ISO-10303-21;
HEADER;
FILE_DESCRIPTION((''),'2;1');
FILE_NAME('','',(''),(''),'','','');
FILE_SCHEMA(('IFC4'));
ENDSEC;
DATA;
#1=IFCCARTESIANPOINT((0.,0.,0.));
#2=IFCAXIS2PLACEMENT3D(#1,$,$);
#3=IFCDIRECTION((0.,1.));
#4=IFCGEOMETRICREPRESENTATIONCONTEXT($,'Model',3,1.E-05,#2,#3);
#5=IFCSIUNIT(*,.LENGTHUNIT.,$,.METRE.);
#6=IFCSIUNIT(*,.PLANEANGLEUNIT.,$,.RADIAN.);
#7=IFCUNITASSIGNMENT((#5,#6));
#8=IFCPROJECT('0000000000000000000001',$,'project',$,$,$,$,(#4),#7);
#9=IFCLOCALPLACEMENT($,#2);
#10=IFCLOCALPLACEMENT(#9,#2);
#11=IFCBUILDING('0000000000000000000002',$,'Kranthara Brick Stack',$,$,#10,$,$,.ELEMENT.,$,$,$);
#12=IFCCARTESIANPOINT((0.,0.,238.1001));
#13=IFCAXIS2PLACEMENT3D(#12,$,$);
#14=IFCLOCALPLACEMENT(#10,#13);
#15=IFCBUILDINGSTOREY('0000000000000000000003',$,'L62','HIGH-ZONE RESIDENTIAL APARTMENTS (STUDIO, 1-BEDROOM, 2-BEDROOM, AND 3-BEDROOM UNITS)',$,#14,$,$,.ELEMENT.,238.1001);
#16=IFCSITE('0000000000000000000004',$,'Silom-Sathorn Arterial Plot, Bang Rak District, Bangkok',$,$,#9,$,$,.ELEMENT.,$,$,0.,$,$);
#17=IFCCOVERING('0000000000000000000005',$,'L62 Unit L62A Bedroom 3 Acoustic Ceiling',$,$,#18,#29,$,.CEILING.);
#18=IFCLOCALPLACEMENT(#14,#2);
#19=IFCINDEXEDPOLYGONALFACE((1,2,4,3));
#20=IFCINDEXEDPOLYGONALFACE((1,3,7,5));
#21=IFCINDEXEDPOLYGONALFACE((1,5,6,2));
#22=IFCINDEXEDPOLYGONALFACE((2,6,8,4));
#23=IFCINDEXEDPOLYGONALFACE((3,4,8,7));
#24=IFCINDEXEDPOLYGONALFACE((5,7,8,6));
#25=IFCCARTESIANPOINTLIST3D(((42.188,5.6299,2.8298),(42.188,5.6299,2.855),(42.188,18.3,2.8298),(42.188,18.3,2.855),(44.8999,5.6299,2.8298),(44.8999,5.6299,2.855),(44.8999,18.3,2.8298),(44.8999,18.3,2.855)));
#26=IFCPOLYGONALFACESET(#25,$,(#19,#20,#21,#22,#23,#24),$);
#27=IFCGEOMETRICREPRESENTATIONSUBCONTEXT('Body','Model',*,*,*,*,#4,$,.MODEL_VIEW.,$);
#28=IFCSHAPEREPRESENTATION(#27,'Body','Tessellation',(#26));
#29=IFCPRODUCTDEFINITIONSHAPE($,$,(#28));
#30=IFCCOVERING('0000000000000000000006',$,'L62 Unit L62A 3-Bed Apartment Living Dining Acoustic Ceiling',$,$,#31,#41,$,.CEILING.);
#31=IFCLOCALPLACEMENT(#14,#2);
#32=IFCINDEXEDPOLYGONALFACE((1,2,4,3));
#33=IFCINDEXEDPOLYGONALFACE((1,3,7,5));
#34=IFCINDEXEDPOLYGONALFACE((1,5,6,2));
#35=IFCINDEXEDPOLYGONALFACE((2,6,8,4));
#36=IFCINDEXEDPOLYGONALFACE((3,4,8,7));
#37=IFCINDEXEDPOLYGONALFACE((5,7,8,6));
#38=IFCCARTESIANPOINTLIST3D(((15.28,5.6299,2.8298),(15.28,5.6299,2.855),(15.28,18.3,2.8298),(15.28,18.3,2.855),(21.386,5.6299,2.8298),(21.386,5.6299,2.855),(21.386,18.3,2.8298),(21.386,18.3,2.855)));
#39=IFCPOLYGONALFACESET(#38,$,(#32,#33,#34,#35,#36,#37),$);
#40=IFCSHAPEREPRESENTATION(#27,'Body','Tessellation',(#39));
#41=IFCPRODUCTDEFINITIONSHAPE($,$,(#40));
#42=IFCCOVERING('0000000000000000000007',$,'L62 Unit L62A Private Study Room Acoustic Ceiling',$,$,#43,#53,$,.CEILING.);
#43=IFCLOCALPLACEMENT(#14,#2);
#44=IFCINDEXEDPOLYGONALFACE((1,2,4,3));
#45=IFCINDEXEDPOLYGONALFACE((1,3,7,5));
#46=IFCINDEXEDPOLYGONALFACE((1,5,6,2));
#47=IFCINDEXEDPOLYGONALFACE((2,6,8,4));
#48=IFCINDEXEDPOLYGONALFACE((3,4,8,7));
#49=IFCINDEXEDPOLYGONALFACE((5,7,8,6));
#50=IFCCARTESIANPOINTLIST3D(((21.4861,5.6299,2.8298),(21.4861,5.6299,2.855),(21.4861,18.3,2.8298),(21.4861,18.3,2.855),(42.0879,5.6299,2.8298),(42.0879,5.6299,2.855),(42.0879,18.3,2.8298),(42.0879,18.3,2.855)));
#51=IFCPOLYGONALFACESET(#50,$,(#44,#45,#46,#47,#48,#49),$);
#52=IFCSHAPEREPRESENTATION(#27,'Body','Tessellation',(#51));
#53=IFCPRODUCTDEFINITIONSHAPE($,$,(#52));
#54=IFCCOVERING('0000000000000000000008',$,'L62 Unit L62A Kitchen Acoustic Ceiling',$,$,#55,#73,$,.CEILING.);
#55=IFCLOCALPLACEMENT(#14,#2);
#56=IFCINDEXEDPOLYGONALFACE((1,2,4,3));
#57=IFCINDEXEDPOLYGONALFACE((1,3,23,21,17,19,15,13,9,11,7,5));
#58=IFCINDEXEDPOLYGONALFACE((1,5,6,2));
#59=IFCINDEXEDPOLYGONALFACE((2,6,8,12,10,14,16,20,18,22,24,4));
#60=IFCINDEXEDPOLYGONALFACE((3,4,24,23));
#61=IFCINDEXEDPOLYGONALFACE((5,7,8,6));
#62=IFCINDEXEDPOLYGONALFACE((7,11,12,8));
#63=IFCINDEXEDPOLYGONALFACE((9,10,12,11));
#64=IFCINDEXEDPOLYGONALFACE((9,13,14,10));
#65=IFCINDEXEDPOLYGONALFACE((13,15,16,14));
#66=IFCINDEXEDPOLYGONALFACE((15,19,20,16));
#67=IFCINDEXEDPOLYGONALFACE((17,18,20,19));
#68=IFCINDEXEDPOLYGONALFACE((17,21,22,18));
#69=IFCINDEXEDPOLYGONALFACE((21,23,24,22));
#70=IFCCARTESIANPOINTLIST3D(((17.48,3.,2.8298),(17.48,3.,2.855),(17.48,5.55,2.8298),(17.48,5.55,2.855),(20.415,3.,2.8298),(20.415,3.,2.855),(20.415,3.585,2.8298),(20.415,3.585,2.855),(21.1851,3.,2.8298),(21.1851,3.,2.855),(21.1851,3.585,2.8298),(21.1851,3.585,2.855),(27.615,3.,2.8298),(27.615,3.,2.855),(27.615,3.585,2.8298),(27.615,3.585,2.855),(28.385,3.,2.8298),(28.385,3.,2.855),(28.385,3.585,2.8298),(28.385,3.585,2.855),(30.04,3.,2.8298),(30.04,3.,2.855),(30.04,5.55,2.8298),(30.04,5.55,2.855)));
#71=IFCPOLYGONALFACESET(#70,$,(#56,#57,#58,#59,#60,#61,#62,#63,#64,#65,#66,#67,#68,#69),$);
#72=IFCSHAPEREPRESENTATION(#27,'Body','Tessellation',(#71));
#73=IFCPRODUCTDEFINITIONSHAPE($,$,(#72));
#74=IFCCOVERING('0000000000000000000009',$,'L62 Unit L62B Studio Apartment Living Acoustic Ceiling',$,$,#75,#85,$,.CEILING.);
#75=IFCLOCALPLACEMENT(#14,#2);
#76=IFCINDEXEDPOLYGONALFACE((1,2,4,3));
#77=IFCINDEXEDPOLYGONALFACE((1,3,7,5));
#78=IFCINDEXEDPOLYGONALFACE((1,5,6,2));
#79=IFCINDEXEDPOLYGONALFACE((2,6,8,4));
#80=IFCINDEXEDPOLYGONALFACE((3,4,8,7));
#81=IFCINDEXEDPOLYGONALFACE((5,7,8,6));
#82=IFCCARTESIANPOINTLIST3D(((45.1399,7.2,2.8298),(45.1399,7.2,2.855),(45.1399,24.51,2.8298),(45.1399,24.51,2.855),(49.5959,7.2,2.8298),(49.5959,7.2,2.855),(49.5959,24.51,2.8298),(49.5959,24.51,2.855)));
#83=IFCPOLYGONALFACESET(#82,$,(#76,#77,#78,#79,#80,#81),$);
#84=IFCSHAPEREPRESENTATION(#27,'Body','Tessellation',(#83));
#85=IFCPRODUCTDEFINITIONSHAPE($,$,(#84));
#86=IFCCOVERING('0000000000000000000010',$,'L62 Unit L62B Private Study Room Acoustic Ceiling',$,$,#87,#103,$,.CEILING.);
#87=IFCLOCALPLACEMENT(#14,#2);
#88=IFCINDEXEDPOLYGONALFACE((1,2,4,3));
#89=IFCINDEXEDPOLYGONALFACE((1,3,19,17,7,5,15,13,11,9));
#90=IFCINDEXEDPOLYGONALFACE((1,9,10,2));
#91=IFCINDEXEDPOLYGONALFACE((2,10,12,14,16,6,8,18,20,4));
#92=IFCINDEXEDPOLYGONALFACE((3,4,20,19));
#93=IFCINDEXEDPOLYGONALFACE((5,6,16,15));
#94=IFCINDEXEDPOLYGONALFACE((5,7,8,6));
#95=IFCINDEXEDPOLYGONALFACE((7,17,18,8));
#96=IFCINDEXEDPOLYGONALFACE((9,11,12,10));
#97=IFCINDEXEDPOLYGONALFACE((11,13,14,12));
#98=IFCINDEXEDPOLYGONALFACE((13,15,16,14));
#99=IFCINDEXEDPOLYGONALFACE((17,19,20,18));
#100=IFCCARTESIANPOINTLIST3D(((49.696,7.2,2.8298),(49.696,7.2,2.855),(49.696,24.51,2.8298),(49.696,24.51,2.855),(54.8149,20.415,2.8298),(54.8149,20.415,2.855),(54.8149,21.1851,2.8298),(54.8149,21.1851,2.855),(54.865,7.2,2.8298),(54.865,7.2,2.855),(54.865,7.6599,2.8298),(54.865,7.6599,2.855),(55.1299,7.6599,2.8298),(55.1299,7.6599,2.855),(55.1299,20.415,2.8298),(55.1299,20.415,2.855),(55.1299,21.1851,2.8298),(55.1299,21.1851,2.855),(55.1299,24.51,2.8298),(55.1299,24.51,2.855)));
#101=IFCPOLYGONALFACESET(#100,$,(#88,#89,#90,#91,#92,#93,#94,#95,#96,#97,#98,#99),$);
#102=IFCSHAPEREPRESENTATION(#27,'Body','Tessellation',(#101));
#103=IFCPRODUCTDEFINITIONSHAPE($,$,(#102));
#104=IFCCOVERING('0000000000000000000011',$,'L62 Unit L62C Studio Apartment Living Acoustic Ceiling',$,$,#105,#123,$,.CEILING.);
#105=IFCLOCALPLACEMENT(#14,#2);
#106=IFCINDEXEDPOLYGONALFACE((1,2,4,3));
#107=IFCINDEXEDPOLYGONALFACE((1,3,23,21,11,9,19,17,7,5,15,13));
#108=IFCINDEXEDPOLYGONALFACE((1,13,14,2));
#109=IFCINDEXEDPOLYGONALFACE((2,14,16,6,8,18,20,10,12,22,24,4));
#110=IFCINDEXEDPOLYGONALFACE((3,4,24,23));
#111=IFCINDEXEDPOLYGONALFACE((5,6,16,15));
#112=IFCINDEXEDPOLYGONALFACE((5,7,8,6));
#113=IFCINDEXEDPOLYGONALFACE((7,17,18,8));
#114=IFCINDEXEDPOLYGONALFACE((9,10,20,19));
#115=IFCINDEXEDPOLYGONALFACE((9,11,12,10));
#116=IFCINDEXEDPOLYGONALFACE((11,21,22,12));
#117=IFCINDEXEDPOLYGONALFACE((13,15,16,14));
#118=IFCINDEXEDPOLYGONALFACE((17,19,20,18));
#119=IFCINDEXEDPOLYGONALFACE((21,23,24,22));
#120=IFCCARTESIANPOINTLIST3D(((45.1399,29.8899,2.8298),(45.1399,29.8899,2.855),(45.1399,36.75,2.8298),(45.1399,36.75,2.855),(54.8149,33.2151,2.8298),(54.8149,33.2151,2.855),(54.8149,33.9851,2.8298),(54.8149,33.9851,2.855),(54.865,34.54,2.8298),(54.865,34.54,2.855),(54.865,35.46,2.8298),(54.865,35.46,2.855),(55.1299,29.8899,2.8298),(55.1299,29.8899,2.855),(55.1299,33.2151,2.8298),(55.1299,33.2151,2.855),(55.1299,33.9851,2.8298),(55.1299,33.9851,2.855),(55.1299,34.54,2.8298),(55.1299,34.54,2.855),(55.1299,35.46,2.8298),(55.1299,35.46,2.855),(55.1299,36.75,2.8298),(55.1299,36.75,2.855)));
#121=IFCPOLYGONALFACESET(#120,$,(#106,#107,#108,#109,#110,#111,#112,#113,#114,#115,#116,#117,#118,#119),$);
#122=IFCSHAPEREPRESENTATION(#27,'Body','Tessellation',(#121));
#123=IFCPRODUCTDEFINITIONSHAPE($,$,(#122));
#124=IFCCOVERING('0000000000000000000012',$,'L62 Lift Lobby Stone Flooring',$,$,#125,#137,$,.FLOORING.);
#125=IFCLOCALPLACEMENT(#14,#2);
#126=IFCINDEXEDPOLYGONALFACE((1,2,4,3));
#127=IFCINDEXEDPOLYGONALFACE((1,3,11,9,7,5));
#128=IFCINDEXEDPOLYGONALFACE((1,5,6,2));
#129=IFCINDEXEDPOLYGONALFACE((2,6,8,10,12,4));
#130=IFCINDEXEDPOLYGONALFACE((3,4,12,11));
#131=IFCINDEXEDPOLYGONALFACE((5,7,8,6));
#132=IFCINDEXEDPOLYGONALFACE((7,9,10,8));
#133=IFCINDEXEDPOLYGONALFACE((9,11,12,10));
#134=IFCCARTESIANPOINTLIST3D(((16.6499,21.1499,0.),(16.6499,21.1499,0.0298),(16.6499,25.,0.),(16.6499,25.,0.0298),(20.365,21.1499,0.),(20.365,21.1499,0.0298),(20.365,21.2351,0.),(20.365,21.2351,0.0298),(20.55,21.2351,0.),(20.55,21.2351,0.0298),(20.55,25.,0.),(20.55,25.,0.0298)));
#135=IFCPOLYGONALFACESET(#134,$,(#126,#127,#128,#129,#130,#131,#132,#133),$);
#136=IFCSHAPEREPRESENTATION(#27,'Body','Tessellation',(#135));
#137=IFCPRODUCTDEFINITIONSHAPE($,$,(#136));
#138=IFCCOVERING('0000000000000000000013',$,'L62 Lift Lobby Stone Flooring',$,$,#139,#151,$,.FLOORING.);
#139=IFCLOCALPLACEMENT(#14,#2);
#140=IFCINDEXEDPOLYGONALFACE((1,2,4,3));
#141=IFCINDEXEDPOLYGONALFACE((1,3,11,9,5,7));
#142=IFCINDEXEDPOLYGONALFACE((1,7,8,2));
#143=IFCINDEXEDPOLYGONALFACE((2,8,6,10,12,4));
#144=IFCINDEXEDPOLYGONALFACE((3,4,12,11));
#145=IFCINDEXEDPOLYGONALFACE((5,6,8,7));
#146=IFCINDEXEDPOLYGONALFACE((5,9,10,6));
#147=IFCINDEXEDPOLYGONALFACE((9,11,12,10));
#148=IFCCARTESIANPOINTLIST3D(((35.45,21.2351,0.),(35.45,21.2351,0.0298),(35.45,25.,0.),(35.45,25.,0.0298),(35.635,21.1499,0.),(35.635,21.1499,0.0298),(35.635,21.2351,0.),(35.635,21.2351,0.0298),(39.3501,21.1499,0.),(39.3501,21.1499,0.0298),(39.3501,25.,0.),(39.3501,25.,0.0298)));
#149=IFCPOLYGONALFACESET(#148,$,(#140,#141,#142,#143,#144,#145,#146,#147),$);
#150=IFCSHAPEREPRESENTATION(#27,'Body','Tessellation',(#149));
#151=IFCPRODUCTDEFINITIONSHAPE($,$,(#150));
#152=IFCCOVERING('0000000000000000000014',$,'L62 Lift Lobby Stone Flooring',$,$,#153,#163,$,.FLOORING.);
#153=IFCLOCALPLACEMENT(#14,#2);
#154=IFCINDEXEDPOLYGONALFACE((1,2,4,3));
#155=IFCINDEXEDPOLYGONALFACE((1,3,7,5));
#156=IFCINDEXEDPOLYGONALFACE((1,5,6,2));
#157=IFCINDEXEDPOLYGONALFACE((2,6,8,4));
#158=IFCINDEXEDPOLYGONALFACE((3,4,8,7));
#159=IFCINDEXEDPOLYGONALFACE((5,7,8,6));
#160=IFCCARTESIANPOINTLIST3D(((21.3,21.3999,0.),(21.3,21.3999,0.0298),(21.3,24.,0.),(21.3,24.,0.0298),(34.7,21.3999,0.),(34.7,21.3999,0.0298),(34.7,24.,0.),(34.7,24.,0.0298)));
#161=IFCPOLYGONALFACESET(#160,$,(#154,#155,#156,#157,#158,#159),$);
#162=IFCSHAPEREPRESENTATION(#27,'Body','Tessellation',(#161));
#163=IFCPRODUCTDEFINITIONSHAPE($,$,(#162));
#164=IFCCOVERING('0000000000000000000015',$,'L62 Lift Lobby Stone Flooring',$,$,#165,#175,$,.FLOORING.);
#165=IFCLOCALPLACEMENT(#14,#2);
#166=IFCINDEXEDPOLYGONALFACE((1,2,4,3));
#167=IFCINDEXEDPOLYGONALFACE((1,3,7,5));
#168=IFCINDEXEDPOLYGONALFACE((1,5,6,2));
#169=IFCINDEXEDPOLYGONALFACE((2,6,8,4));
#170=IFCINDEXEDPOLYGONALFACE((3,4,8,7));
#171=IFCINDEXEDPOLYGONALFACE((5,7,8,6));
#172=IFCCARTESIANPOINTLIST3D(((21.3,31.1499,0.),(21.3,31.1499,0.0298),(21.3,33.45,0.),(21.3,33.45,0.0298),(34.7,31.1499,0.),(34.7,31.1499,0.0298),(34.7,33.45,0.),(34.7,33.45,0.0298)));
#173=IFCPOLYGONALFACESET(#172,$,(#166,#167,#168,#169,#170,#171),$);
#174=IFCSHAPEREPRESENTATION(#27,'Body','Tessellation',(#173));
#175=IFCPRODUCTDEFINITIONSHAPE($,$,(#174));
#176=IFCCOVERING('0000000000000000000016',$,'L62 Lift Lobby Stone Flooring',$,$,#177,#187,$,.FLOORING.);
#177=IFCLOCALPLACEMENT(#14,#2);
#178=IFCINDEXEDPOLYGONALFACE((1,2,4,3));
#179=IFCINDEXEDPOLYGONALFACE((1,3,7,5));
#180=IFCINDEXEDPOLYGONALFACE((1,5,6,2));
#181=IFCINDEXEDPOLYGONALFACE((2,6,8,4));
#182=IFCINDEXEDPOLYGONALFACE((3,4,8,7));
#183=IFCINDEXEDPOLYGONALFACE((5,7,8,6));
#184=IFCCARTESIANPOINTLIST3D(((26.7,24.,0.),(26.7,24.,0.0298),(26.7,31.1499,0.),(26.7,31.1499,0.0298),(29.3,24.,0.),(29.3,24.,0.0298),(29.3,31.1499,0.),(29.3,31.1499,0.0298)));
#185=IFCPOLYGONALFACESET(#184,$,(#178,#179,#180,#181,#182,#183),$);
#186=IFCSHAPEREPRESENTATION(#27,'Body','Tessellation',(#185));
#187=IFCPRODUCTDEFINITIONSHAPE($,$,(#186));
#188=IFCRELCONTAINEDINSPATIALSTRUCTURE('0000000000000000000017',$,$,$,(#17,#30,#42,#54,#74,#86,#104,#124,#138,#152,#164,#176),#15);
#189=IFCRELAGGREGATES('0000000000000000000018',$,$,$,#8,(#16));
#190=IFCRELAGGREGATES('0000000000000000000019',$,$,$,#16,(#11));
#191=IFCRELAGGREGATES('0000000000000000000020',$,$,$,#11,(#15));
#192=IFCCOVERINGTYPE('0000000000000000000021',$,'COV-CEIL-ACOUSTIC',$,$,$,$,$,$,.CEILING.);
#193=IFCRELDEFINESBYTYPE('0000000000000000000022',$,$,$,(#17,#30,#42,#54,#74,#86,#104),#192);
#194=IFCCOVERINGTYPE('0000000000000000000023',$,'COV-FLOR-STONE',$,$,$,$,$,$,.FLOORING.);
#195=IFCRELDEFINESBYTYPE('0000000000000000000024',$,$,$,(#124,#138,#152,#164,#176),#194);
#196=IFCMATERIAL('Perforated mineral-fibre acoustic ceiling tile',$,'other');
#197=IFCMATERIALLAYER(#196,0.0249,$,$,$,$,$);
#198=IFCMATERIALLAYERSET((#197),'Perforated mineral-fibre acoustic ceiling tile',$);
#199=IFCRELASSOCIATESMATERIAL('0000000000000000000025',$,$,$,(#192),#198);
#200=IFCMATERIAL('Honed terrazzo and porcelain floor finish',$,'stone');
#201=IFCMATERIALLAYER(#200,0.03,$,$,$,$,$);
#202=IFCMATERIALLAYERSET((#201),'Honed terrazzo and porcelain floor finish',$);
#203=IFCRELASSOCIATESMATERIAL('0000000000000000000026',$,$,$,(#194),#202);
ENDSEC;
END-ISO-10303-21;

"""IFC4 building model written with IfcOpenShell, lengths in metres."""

from ifc_helpers import new_model, si_unit, direction, frame, origin, place, context, subcontext, project, spatial, polyline, outline, extrude, material, layer, layer_set, type_object, element, save


model = new_model("IFC4")

# Units and contexts
model_context = context("Model", 3, precision=1e-05, world=origin(), true_north=direction((0.0, 1.0)))
body_context = subcontext(model_context, "Body", "Model", "MODEL_VIEW")
ifc_project = project(units=[si_unit("LENGTHUNIT", "METRE"), si_unit("PLANEANGLEUNIT", "RADIAN")], contexts=[model_context])

# Site, building, storey
site_placement = place(None, origin())
site = spatial("IfcSite", under=ifc_project, at=site_placement, Name="Silom-Sathorn Arterial Plot, Bang Rak District, Bangkok", CompositionType="ELEMENT", RefElevation=0.0)
building_placement = place(site_placement, origin())
building = spatial("IfcBuilding", under=site, at=building_placement, Name="Kranthara Brick Stack", CompositionType="ELEMENT")
storey_placement = place(building_placement, frame((0.0, 0.0, 238.1001)))
storey = spatial("IfcBuildingStorey", under=building, at=storey_placement, Name="L62", Description="HIGH-ZONE RESIDENTIAL APARTMENTS (STUDIO, 1-BEDROOM, 2-BEDROOM, AND 3-BEDROOM UNITS)", CompositionType="ELEMENT", Elevation=238.1001)

# Coverings
ifc_material_1 = material(Name="Perforated mineral-fibre acoustic ceiling tile", Category="other")
ifc_layer_1 = layer(ifc_material_1, 0.0249)
ifc_layer_set_1 = layer_set([ifc_layer_1], Name="Perforated mineral-fibre acoustic ceiling tile")
covering_type_1 = type_object("IfcCoveringType", Name="COV-CEIL-ACOUSTIC", PredefinedType="CEILING", material=ifc_layer_set_1)
covering_1_placement = place(storey_placement, frame((0.0, 0.0, 2.8298)))
element("IfcCovering", 1, at=covering_1_placement, inside=storey, type_object=covering_type_1, Name="L62 Unit L62A Bedroom 3 Acoustic Ceiling", PredefinedType="CEILING", context=body_context, shape_type="SweptSolid", body=[
    extrude(outline(polyline([(44.8999, 5.6299), (44.8999, 18.3), (42.188, 18.3), (42.188, 5.6299), (44.8999, 5.6299)])), origin(), (0.0, 0.0, 1.0), 0.0251),
])
covering_2_placement = place(storey_placement, frame((0.0, 0.0, 2.8298)))
element("IfcCovering", 2, at=covering_2_placement, inside=storey, type_object=covering_type_1, Name="L62 Unit L62A 3-Bed Apartment Living Dining Acoustic Ceiling", PredefinedType="CEILING", context=body_context, shape_type="SweptSolid", body=[
    extrude(outline(polyline([(21.386, 5.6299), (21.386, 18.3), (15.28, 18.3), (15.28, 5.6299), (21.386, 5.6299)])), origin(), (0.0, 0.0, 1.0), 0.0251),
])
covering_3_placement = place(storey_placement, frame((0.0, 0.0, 2.8298)))
element("IfcCovering", 3, at=covering_3_placement, inside=storey, type_object=covering_type_1, Name="L62 Unit L62A Private Study Room Acoustic Ceiling", PredefinedType="CEILING", context=body_context, shape_type="SweptSolid", body=[
    extrude(outline(polyline([(42.0879, 5.6299), (42.0879, 18.3), (21.4861, 18.3), (21.4861, 5.6299), (42.0879, 5.6299)])), origin(), (0.0, 0.0, 1.0), 0.0251),
])
covering_4_placement = place(storey_placement, frame((0.0, 0.0, 2.8298)))
element("IfcCovering", 4, at=covering_4_placement, inside=storey, type_object=covering_type_1, Name="L62 Unit L62A Kitchen Acoustic Ceiling", PredefinedType="CEILING", context=body_context, shape_type="SweptSolid", body=[
    extrude(outline(polyline([(17.48, 5.55), (30.04, 5.55), (30.04, 3.0), (28.385, 3.0), (28.385, 3.585), (27.615, 3.585), (27.615, 3.0), (21.1851, 3.0), (21.1851, 3.585), (20.415, 3.585), (20.415, 3.0), (17.48, 3.0), (17.48, 5.55)])), origin(), (0.0, 0.0, 1.0), 0.0251),
])
covering_5_placement = place(storey_placement, frame((0.0, 0.0, 2.8298)))
element("IfcCovering", 5, at=covering_5_placement, inside=storey, type_object=covering_type_1, Name="L62 Unit L62B Studio Apartment Living Acoustic Ceiling", PredefinedType="CEILING", context=body_context, shape_type="SweptSolid", body=[
    extrude(outline(polyline([(49.5959, 7.2), (49.5959, 24.51), (45.1399, 24.51), (45.1399, 7.2), (49.5959, 7.2)])), origin(), (0.0, 0.0, 1.0), 0.0251),
])
covering_6_placement = place(storey_placement, frame((0.0, 0.0, 2.8298)))
element("IfcCovering", 6, at=covering_6_placement, inside=storey, type_object=covering_type_1, Name="L62 Unit L62B Private Study Room Acoustic Ceiling", PredefinedType="CEILING", context=body_context, shape_type="SweptSolid", body=[
    extrude(outline(polyline([(49.696, 24.51), (55.1299, 24.51), (55.1299, 21.1851), (54.8149, 21.1851), (54.8149, 20.415), (55.1299, 20.415), (55.1299, 7.6599), (54.865, 7.6599), (54.865, 7.2), (49.696, 7.2), (49.696, 24.51)])), origin(), (0.0, 0.0, 1.0), 0.0251),
])
covering_7_placement = place(storey_placement, frame((0.0, 0.0, 2.8298)))
element("IfcCovering", 7, at=covering_7_placement, inside=storey, type_object=covering_type_1, Name="L62 Unit L62C Studio Apartment Living Acoustic Ceiling", PredefinedType="CEILING", context=body_context, shape_type="SweptSolid", body=[
    extrude(outline(polyline([(45.1399, 29.8899), (45.1399, 36.75), (55.1299, 36.75), (55.1299, 35.46), (54.865, 35.46), (54.865, 34.54), (55.1299, 34.54), (55.1299, 33.9851), (54.8149, 33.9851), (54.8149, 33.2151), (55.1299, 33.2151), (55.1299, 29.8899), (45.1399, 29.8899)])), origin(), (0.0, 0.0, 1.0), 0.0251),
])
ifc_material_2 = material(Name="Honed terrazzo and porcelain floor finish", Category="stone")
ifc_layer_2 = layer(ifc_material_2, 0.03)
ifc_layer_set_2 = layer_set([ifc_layer_2], Name="Honed terrazzo and porcelain floor finish")
covering_type_2 = type_object("IfcCoveringType", Name="COV-FLOR-STONE", PredefinedType="FLOORING", material=ifc_layer_set_2)
covering_8_placement = place(storey_placement, origin())
element("IfcCovering", 8, at=covering_8_placement, inside=storey, type_object=covering_type_2, Name="L62 Lift Lobby Stone Flooring", PredefinedType="FLOORING", context=body_context, shape_type="SweptSolid", body=[
    extrude(outline(polyline([(16.6499, 21.1499), (16.6499, 25.0), (20.55, 25.0), (20.55, 21.2351), (20.365, 21.2351), (20.365, 21.1499), (16.6499, 21.1499)])), origin(), (0.0, 0.0, 1.0), 0.0298),
])
covering_9_placement = place(storey_placement, origin())
element("IfcCovering", 9, at=covering_9_placement, inside=storey, type_object=covering_type_2, Name="L62 Lift Lobby Stone Flooring", PredefinedType="FLOORING", context=body_context, shape_type="SweptSolid", body=[
    extrude(outline(polyline([(35.45, 25.0), (39.3501, 25.0), (39.3501, 21.1499), (35.635, 21.1499), (35.635, 21.2351), (35.45, 21.2351), (35.45, 25.0)])), origin(), (0.0, 0.0, 1.0), 0.0298),
])
covering_10_placement = place(storey_placement, origin())
element("IfcCovering", 10, at=covering_10_placement, inside=storey, type_object=covering_type_2, Name="L62 Lift Lobby Stone Flooring", PredefinedType="FLOORING", context=body_context, shape_type="SweptSolid", body=[
    extrude(outline(polyline([(34.7, 21.3999), (34.7, 24.0), (21.3, 24.0), (21.3, 21.3999), (34.7, 21.3999)])), origin(), (0.0, 0.0, 1.0), 0.0298),
])
covering_11_placement = place(storey_placement, origin())
element("IfcCovering", 11, at=covering_11_placement, inside=storey, type_object=covering_type_2, Name="L62 Lift Lobby Stone Flooring", PredefinedType="FLOORING", context=body_context, shape_type="SweptSolid", body=[
    extrude(outline(polyline([(34.7, 31.1499), (34.7, 33.45), (21.3, 33.45), (21.3, 31.1499), (34.7, 31.1499)])), origin(), (0.0, 0.0, 1.0), 0.0298),
])
covering_12_placement = place(storey_placement, origin())
element("IfcCovering", 12, at=covering_12_placement, inside=storey, type_object=covering_type_2, Name="L62 Lift Lobby Stone Flooring", PredefinedType="FLOORING", context=body_context, shape_type="SweptSolid", body=[
    extrude(outline(polyline([(29.3, 24.0), (26.7, 24.0), (26.7, 31.1499), (29.3, 31.1499), (29.3, 24.0)])), origin(), (0.0, 0.0, 1.0), 0.0298),
])

save(model, "model.ifc")
